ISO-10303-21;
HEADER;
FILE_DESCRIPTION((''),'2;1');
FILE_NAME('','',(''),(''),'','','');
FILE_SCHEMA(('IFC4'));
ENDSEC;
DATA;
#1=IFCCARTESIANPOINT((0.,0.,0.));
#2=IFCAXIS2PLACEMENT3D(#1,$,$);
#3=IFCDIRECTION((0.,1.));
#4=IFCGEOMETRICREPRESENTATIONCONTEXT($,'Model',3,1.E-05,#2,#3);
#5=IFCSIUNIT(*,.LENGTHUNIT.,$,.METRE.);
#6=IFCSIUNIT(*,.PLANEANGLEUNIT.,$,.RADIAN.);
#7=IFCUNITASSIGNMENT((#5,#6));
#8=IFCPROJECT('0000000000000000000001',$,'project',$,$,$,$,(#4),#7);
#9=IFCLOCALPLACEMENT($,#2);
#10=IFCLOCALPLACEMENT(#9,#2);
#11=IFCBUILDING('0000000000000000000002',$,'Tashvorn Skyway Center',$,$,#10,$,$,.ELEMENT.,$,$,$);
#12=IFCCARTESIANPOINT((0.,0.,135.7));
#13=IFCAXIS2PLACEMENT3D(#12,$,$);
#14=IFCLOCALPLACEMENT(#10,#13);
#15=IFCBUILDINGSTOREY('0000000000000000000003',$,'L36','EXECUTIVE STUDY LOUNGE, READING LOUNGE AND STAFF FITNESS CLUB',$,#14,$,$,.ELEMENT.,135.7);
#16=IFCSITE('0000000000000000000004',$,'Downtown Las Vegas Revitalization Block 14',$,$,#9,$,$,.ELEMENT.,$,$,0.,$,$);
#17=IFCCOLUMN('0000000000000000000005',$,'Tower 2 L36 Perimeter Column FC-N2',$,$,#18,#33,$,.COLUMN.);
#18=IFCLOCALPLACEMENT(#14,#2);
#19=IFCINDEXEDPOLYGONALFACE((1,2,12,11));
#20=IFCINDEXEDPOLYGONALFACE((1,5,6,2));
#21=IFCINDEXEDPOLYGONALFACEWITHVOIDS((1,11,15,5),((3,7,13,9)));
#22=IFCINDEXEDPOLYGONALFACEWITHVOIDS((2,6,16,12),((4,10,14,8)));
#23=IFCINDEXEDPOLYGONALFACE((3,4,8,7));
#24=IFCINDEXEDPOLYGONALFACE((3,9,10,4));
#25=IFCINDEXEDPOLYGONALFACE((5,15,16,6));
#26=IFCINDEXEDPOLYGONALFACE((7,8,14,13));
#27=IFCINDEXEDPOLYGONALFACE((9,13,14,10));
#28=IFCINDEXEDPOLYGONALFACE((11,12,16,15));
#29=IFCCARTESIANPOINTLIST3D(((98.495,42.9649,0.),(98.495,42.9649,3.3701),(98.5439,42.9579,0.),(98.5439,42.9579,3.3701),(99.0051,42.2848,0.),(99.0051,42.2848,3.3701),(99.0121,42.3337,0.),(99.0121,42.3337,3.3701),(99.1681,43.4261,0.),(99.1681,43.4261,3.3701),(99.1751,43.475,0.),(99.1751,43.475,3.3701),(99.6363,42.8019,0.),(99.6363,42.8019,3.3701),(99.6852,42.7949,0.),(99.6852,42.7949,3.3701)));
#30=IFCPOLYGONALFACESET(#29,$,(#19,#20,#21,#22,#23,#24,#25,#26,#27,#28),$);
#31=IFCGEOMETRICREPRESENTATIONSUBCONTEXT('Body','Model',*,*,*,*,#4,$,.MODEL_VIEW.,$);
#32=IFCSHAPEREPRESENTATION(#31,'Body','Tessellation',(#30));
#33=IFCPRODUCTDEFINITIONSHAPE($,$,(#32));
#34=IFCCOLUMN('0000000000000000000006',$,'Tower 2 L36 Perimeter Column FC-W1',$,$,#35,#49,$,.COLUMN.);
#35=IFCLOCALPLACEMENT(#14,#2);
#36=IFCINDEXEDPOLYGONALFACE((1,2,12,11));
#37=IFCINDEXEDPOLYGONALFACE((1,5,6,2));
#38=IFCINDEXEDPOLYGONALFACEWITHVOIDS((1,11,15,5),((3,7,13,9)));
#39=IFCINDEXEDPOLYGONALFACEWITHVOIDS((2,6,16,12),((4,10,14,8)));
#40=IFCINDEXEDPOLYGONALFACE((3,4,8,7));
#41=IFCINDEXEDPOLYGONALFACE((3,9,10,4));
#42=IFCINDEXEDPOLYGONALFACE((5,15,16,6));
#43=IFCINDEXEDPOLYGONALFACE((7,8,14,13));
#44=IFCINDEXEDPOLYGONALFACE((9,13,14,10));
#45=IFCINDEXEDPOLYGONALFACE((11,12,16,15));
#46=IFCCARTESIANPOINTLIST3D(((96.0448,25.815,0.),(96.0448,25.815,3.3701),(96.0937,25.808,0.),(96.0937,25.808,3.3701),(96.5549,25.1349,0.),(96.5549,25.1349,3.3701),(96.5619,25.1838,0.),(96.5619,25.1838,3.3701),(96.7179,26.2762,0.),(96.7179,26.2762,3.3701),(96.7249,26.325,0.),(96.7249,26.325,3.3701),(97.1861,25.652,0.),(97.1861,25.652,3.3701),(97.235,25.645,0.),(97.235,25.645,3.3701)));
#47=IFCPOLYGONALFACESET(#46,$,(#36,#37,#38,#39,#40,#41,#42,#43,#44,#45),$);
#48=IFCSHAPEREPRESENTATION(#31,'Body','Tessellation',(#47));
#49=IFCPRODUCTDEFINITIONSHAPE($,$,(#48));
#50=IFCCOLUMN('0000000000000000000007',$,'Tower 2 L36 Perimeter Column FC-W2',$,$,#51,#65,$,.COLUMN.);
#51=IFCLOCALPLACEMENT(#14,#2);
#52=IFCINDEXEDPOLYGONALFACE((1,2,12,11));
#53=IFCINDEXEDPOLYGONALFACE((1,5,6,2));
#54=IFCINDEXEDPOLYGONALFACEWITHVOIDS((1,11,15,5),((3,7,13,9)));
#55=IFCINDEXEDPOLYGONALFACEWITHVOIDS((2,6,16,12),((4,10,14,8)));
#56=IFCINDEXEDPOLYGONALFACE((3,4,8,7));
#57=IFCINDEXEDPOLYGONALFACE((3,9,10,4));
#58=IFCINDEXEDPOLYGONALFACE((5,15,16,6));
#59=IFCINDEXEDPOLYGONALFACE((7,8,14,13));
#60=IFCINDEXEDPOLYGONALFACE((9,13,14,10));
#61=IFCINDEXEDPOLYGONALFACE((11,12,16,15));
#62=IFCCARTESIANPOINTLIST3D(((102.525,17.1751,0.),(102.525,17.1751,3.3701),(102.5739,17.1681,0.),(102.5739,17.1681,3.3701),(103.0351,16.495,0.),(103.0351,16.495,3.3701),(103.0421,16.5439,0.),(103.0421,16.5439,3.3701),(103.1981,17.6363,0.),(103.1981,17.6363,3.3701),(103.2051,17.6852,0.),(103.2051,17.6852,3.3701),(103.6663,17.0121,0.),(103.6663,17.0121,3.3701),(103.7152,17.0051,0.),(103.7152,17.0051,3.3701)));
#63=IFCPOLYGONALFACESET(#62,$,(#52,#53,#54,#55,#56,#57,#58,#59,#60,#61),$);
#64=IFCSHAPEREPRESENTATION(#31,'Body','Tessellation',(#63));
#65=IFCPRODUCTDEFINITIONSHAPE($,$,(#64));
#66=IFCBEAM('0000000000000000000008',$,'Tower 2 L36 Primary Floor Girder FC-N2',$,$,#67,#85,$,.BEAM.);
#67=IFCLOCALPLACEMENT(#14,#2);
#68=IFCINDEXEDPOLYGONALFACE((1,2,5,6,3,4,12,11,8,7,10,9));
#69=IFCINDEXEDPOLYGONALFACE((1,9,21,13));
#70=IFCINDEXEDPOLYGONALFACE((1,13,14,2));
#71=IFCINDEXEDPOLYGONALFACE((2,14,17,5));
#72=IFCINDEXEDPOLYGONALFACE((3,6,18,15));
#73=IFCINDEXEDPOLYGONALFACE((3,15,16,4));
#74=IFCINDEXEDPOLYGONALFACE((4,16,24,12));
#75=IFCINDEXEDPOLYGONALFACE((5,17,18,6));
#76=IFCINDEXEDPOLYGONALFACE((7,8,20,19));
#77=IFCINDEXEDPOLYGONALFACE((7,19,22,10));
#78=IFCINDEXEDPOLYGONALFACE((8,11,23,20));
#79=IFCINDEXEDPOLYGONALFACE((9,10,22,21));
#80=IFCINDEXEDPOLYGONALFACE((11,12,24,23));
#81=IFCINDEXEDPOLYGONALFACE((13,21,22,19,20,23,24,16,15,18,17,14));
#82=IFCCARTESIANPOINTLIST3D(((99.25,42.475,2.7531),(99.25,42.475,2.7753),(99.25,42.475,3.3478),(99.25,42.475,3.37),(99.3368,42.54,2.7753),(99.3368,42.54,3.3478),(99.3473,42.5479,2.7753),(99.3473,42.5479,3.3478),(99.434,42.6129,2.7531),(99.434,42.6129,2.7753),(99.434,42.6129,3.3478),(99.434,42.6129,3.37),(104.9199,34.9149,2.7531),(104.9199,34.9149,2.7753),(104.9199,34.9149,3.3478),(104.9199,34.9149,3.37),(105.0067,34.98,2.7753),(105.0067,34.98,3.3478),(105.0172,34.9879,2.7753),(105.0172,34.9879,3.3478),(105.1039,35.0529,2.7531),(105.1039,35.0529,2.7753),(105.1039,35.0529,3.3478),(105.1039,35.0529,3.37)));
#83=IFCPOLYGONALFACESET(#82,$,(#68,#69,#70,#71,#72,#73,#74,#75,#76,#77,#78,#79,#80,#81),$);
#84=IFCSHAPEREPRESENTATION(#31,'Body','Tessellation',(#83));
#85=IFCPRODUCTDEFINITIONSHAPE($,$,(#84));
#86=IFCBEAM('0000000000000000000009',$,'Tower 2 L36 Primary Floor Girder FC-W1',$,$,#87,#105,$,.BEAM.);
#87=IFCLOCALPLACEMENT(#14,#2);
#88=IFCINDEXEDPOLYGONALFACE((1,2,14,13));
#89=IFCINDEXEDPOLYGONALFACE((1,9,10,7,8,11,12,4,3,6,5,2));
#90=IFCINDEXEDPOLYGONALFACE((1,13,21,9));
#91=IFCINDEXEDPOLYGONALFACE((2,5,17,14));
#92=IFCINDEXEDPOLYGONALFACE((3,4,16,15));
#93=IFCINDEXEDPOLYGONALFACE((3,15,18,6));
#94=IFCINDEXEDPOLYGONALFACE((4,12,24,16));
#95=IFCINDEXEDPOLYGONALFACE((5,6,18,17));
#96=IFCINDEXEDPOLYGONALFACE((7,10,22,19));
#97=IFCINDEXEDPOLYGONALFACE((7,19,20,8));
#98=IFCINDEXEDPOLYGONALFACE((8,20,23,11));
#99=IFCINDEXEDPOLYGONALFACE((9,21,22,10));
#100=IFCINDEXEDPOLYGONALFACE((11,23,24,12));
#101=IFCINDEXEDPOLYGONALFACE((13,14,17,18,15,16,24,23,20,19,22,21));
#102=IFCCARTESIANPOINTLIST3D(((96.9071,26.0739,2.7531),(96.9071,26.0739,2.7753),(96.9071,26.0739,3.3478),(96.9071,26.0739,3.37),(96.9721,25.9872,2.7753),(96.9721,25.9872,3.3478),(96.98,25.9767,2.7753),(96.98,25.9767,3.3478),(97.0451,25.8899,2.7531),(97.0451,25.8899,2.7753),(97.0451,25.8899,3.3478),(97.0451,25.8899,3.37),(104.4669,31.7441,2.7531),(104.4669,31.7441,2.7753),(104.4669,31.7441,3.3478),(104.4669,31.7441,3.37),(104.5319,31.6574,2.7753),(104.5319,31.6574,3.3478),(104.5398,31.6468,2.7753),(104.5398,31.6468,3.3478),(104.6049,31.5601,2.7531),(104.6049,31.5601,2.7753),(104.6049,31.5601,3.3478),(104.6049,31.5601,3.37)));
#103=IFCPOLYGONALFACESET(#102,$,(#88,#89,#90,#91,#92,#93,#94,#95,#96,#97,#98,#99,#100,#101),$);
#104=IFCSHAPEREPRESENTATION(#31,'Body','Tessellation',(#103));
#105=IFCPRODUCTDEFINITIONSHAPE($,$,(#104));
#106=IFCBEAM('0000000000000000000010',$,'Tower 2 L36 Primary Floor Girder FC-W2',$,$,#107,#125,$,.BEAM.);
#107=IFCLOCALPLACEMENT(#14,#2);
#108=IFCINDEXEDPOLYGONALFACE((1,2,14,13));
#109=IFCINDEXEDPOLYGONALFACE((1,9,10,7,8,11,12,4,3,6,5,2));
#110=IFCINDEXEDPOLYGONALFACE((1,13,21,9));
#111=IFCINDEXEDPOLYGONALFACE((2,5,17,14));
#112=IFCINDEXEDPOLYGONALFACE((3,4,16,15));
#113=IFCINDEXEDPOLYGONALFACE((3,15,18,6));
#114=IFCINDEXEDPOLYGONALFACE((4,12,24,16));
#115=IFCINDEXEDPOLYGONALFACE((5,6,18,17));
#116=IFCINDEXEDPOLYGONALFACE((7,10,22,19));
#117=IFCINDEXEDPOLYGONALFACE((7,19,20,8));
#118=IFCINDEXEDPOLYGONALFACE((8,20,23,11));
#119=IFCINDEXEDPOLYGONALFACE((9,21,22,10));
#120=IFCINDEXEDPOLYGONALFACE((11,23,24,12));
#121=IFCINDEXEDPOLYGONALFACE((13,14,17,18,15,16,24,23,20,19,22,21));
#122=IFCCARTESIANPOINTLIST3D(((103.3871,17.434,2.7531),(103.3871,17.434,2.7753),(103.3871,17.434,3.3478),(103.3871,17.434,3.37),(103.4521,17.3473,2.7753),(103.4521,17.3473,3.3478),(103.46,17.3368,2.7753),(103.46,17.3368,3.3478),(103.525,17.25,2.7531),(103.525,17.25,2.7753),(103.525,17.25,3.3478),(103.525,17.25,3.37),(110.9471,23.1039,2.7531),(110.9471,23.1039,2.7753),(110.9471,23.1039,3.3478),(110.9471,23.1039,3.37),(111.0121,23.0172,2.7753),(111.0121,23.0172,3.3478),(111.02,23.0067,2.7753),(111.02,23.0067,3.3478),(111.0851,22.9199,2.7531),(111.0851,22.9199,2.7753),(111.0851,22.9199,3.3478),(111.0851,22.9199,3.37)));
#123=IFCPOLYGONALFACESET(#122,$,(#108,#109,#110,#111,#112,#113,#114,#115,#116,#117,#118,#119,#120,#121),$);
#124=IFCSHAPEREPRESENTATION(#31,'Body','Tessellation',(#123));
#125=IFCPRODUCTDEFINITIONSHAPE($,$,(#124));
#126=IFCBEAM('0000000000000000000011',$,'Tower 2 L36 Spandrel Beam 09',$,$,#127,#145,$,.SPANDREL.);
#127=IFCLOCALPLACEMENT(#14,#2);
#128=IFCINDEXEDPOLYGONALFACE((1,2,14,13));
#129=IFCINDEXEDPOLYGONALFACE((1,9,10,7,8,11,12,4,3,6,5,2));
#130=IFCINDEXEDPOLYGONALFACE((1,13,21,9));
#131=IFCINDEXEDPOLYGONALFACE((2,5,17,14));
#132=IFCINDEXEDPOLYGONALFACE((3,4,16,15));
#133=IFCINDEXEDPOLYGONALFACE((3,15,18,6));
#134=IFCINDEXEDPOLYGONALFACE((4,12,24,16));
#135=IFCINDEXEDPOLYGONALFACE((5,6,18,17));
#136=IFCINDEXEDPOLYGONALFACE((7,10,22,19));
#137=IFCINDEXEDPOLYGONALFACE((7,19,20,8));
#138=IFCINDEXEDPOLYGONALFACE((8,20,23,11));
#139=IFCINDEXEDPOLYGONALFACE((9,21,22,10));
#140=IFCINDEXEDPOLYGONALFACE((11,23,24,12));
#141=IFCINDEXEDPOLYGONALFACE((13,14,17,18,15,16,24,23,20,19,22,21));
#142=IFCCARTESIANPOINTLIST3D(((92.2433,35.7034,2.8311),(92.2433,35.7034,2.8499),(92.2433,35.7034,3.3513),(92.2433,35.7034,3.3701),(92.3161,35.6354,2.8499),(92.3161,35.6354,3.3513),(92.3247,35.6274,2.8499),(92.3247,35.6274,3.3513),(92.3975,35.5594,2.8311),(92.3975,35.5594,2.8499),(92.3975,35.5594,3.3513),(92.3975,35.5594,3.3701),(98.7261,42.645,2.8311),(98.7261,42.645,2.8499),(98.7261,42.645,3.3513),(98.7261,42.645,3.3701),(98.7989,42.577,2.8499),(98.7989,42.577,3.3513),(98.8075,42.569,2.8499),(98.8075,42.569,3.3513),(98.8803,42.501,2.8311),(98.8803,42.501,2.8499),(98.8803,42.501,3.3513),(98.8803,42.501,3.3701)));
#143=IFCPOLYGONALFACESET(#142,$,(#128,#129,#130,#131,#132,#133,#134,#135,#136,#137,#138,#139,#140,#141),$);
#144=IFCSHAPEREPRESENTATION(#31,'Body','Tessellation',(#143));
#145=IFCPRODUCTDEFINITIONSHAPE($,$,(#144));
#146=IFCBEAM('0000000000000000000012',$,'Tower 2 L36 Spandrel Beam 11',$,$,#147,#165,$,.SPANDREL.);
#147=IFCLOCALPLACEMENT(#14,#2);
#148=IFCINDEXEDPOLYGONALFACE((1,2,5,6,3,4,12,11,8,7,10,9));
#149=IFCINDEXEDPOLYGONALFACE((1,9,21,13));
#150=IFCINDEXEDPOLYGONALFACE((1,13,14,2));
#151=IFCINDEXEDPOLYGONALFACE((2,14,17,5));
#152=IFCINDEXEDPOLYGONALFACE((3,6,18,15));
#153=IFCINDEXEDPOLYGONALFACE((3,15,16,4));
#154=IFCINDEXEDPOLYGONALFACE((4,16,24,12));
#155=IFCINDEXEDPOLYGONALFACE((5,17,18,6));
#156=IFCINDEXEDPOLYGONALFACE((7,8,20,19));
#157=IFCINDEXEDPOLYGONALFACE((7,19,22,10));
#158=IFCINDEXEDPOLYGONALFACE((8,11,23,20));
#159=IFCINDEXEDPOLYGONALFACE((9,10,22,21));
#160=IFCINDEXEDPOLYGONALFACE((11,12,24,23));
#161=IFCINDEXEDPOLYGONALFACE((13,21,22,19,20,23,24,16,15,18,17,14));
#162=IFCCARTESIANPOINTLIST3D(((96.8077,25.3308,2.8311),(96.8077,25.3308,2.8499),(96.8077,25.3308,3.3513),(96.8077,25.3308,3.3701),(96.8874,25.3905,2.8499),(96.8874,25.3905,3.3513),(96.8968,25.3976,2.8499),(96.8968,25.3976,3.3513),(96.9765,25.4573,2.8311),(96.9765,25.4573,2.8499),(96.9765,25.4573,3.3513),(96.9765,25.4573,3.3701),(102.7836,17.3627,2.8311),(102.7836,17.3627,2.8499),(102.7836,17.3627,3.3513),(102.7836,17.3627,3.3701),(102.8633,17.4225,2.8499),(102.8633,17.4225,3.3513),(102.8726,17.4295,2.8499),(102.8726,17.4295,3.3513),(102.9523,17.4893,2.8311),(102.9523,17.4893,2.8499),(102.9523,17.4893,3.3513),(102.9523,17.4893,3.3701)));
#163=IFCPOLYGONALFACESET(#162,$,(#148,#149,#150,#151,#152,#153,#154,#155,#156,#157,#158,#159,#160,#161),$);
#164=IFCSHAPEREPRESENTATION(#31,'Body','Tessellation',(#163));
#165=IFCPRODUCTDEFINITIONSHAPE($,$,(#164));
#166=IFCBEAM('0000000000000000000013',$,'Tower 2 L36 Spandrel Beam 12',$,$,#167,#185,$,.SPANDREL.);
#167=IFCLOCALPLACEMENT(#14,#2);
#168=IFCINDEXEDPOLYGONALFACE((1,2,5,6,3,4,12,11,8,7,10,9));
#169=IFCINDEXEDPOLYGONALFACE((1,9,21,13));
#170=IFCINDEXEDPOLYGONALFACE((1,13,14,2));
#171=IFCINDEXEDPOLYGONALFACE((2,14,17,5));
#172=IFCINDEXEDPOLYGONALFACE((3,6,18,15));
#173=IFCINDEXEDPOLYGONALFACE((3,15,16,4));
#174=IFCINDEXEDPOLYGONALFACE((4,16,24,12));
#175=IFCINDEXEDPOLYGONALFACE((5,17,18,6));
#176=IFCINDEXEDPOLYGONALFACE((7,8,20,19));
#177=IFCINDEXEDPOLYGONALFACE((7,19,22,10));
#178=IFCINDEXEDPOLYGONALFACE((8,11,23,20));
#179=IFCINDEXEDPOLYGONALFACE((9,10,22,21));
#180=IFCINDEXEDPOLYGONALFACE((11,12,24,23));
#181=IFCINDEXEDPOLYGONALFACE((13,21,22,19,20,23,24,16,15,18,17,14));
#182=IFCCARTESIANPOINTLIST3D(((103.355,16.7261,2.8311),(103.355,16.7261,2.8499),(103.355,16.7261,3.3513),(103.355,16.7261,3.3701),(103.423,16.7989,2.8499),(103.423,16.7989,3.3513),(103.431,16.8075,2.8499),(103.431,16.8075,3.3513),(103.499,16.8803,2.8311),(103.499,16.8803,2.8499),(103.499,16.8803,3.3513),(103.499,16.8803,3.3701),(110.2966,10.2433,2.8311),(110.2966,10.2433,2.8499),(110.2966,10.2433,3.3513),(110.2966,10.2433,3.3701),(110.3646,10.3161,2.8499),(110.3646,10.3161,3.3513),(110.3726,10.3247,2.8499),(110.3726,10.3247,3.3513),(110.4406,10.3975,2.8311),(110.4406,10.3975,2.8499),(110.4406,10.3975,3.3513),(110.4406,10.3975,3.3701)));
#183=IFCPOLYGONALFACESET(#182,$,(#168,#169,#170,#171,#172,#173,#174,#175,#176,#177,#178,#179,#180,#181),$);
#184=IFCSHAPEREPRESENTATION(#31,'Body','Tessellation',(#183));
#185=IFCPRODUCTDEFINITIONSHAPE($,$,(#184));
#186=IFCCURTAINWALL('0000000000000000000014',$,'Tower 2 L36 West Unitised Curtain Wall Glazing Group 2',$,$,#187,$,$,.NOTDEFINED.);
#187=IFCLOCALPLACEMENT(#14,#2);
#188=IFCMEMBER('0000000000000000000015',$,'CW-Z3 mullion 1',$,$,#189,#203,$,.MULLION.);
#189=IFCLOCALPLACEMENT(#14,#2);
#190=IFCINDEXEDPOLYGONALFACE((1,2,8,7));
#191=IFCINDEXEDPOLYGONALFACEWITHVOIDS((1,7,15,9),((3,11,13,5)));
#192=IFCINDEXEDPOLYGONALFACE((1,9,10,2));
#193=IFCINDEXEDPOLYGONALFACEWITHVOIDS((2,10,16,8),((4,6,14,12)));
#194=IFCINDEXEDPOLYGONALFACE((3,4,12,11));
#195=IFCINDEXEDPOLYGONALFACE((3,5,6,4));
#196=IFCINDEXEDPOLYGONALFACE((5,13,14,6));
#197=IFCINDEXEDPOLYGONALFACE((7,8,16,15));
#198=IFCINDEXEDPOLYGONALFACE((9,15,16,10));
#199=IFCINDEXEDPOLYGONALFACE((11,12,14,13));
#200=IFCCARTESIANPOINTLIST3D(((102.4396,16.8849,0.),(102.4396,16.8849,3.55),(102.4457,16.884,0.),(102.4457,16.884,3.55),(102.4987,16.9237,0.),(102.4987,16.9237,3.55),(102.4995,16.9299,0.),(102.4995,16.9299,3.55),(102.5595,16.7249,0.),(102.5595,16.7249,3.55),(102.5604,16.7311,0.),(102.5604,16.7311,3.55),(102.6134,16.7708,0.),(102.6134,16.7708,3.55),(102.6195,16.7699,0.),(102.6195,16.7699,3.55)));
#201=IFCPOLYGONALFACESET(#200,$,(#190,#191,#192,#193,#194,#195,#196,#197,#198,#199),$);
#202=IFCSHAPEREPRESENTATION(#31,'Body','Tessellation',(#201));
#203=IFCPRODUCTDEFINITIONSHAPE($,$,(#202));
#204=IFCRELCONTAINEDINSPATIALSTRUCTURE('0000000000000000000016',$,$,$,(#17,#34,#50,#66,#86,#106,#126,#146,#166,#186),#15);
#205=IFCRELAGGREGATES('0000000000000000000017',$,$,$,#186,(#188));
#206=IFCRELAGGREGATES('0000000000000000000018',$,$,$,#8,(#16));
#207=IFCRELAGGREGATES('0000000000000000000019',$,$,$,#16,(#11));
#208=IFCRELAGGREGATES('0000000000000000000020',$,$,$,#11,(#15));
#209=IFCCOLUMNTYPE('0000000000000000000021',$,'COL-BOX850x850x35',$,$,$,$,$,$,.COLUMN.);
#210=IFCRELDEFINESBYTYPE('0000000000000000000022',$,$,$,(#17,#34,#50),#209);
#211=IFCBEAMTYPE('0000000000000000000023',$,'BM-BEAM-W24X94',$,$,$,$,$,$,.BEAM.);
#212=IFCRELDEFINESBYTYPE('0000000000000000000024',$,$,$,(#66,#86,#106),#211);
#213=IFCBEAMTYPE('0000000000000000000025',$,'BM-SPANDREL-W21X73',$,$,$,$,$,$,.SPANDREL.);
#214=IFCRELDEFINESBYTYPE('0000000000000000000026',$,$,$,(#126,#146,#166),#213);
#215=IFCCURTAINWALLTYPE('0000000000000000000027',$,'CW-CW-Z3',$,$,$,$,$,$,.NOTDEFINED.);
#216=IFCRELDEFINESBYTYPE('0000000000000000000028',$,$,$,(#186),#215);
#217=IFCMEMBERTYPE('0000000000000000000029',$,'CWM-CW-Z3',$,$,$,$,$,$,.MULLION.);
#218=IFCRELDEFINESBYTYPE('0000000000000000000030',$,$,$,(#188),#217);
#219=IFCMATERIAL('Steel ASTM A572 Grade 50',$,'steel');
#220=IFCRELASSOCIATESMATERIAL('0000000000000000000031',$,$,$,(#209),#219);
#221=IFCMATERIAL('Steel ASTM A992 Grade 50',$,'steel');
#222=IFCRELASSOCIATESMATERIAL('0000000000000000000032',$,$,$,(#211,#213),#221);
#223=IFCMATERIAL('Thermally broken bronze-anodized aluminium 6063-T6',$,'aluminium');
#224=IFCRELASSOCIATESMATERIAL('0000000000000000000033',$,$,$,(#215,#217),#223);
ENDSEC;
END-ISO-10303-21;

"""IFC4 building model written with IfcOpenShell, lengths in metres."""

from ifc_helpers import new_model, si_unit, direction, frame, origin, origin_2d, place, context, subcontext, project, spatial, hollow_rectangle, i_section, extrude, material, material_profile, profile_set, type_object, element, aggregate, save


model = new_model("IFC4")

# Units and contexts
model_context = context("Model", 3, precision=1e-05, world=origin(), true_north=direction((0.0, 1.0)))
body_context = subcontext(model_context, "Body", "Model", "MODEL_VIEW")
ifc_project = project(units=[si_unit("LENGTHUNIT", "METRE"), si_unit("PLANEANGLEUNIT", "RADIAN")], contexts=[model_context])

# Site, building, storey
site_placement = place(None, origin())
site = spatial("IfcSite", under=ifc_project, at=site_placement, Name="Downtown Las Vegas Revitalization Block 14", CompositionType="ELEMENT", RefElevation=0.0)
building_placement = place(site_placement, origin())
building = spatial("IfcBuilding", under=site, at=building_placement, Name="Tashvorn Skyway Center", CompositionType="ELEMENT")
storey_placement = place(building_placement, frame((0.0, 0.0, 135.7)))
storey = spatial("IfcBuildingStorey", under=building, at=storey_placement, Name="L36", Description="EXECUTIVE STUDY LOUNGE, READING LOUNGE AND STAFF FITNESS CLUB", CompositionType="ELEMENT", Elevation=135.7)

# Columns
ifc_material_1 = material(Name="Steel ASTM A572 Grade 50", Category="steel")
ifc_material_profile_1 = material_profile(ifc_material_1, hollow_rectangle(XDim=0.8501, YDim=0.8501, WallThickness=0.0349, at=origin_2d()), Name="BOX850x850x35")
ifc_profile_set_1 = profile_set([ifc_material_profile_1], Name="Steel ASTM A572 Grade 50")
column_type = type_object("IfcColumnType", Name="COL-BOX850x850x35", PredefinedType="COLUMN", material=ifc_profile_set_1)
for number, where, z_axis, x_axis, name in (
    (1, (99.0901, 42.8799, 0.0), (0.0, 0.0, 1.0), (0.8, 0.6, 0.0), "Tower 2 L36 Perimeter Column FC-N2"),
    (2, (96.6399, 25.73, 0.0), (0.0, 0.0, 1.0), (0.8, 0.6, 0.0), "Tower 2 L36 Perimeter Column FC-W1"),
    (3, (103.1201, 17.0901, 0.0), (0.0, 0.0, 1.0), (0.8, 0.6, 0.0), "Tower 2 L36 Perimeter Column FC-W2"),
):
    element("IfcColumn", number, at=place(storey_placement, frame(where, z_axis=z_axis, x_axis=x_axis)), inside=storey, type_object=column_type, Name=name, PredefinedType="COLUMN", context=body_context, shape_type="SweptSolid", body=[
        extrude(hollow_rectangle(XDim=0.8501, YDim=0.8501, WallThickness=0.0349, at=origin_2d()), origin(), (0.0, 0.0, 1.0), 3.3701),
    ])

# Beams
ifc_material_2 = material(Name="Steel ASTM A992 Grade 50", Category="steel")
ifc_material_profile_2 = material_profile(ifc_material_2, i_section(OverallWidth=0.23, OverallDepth=0.6169, WebThickness=0.0132, FlangeThickness=0.0222, at=origin_2d()), Name="W24X94")
ifc_profile_set_2 = profile_set([ifc_material_profile_2], Name="Steel ASTM A992 Grade 50")
beam_type_1 = type_object("IfcBeamType", Name="BM-BEAM-W24X94", PredefinedType="BEAM", material=ifc_profile_set_2)
for number, where, z_axis, x_axis, name in (
    (4, (99.342, 42.5439, 3.0615), (0.599992, -0.800006, 0.0), (0.800006, 0.599992, 0.0), "Tower 2 L36 Primary Floor Girder FC-N2"),
    (5, (96.9761, 25.9819, 3.0615), (0.799984, 0.600021, 0.0), (-0.600021, 0.799984, 0.0), "Tower 2 L36 Primary Floor Girder FC-W1"),
    (6, (103.4561, 17.342, 3.0615), (0.800006, 0.599992, 0.0), (-0.599992, 0.800006, 0.0), "Tower 2 L36 Primary Floor Girder FC-W2"),
):
    element("IfcBeam", number, at=place(storey_placement, frame(where, z_axis=z_axis, x_axis=x_axis)), inside=storey, type_object=beam_type_1, Name=name, PredefinedType="BEAM", context=body_context, shape_type="SweptSolid", body=[
        extrude(i_section(OverallWidth=0.23, OverallDepth=0.6169, WebThickness=0.0132, FlangeThickness=0.0222, at=origin_2d()), origin(), (0.0, 0.0, 1.0), 9.45),
    ])
ifc_material_profile_3 = material_profile(ifc_material_2, i_section(OverallWidth=0.2109, OverallDepth=0.5391, WebThickness=0.0117, FlangeThickness=0.0188, at=origin_2d()), Name="W21X73")
ifc_profile_set_3 = profile_set([ifc_material_profile_3], Name="Steel ASTM A992 Grade 50")
beam_type_2 = type_object("IfcBeamType", Name="BM-SPANDREL-W21X73", PredefinedType="SPANDREL", material=ifc_profile_set_3)
beam_1_placement = place(storey_placement, frame((98.8032, 42.573, 3.1006), z_axis=(-0.682545, -0.730843, 0.0), x_axis=(0.730843, -0.682545, 0.0)))
element("IfcBeam", 7, at=beam_1_placement, inside=storey, type_object=beam_type_2, Name="Tower 2 L36 Spandrel Beam 09", PredefinedType="SPANDREL", context=body_context, shape_type="SweptSolid", body=[
    extrude(i_section(OverallWidth=0.2109, OverallDepth=0.5391, WebThickness=0.0117, FlangeThickness=0.0188, at=origin_2d()), origin(), (0.0, 0.0, 1.0), 9.498),
])
beam_2_placement = place(storey_placement, frame((96.8921, 25.394, 3.1006), z_axis=(0.599988, -0.800009, 0.0), x_axis=(0.800009, 0.599988, 0.0)))
element("IfcBeam", 8, at=beam_2_placement, inside=storey, type_object=beam_type_2, Name="Tower 2 L36 Spandrel Beam 11", PredefinedType="SPANDREL", context=body_context, shape_type="SweptSolid", body=[
    extrude(i_section(OverallWidth=0.2109, OverallDepth=0.5391, WebThickness=0.0117, FlangeThickness=0.0188, at=origin_2d()), origin(), (0.0, 0.0, 1.0), 9.96),
])
beam_3_placement = place(storey_placement, frame((103.427, 16.8032, 3.1006), z_axis=(0.730843, -0.682545, 0.0), x_axis=(0.682545, 0.730843, 0.0)))
element("IfcBeam", 9, at=beam_3_placement, inside=storey, type_object=beam_type_2, Name="Tower 2 L36 Spandrel Beam 12", PredefinedType="SPANDREL", context=body_context, shape_type="SweptSolid", body=[
    extrude(i_section(OverallWidth=0.2109, OverallDepth=0.5391, WebThickness=0.0117, FlangeThickness=0.0188, at=origin_2d()), origin(), (0.0, 0.0, 1.0), 9.498),
])

# Curtain wall, member
ifc_material_3 = material(Name="Thermally broken bronze-anodized aluminium 6063-T6", Category="aluminium")
curtain_wall_type = type_object("IfcCurtainWallType", Name="CW-CW-Z3", PredefinedType="NOTDEFINED", material=ifc_material_3)
curtain_wall_1_placement = place(storey_placement, origin())
curtain_wall_1 = element("IfcCurtainWall", 10, at=curtain_wall_1_placement, inside=storey, type_object=curtain_wall_type, Name="Tower 2 L36 West Unitised Curtain Wall Glazing Group 2", PredefinedType="NOTDEFINED")
ifc_material_profile_4 = material_profile(ifc_material_3, hollow_rectangle(XDim=0.075, YDim=0.2, WallThickness=0.0044, at=origin_2d()), Name="ALU-MULL-75x200")
ifc_profile_set_4 = profile_set([ifc_material_profile_4], Name="Thermally broken bronze-anodized aluminium 6063-T6")
member_type_1 = type_object("IfcMemberType", Name="CWM-CW-Z3", PredefinedType="MULLION", material=ifc_profile_set_4)
member_1_placement = place(storey_placement, frame((102.5295, 16.8274, 0.0), z_axis=(0.0, 0.0, 1.0), x_axis=(-0.800002, -0.599997, 0.0)))
member_1 = element("IfcMember", 11, at=member_1_placement, type_object=member_type_1, Name="CW-Z3 mullion 1", PredefinedType="MULLION", context=body_context, shape_type="SweptSolid", body=[
    extrude(hollow_rectangle(XDim=0.075, YDim=0.2, WallThickness=0.0044, at=origin_2d()), origin(), (0.0, 0.0, 1.0), 3.55),
])

aggregate(curtain_wall_1, [member_1])

save(model, "model.ifc")
